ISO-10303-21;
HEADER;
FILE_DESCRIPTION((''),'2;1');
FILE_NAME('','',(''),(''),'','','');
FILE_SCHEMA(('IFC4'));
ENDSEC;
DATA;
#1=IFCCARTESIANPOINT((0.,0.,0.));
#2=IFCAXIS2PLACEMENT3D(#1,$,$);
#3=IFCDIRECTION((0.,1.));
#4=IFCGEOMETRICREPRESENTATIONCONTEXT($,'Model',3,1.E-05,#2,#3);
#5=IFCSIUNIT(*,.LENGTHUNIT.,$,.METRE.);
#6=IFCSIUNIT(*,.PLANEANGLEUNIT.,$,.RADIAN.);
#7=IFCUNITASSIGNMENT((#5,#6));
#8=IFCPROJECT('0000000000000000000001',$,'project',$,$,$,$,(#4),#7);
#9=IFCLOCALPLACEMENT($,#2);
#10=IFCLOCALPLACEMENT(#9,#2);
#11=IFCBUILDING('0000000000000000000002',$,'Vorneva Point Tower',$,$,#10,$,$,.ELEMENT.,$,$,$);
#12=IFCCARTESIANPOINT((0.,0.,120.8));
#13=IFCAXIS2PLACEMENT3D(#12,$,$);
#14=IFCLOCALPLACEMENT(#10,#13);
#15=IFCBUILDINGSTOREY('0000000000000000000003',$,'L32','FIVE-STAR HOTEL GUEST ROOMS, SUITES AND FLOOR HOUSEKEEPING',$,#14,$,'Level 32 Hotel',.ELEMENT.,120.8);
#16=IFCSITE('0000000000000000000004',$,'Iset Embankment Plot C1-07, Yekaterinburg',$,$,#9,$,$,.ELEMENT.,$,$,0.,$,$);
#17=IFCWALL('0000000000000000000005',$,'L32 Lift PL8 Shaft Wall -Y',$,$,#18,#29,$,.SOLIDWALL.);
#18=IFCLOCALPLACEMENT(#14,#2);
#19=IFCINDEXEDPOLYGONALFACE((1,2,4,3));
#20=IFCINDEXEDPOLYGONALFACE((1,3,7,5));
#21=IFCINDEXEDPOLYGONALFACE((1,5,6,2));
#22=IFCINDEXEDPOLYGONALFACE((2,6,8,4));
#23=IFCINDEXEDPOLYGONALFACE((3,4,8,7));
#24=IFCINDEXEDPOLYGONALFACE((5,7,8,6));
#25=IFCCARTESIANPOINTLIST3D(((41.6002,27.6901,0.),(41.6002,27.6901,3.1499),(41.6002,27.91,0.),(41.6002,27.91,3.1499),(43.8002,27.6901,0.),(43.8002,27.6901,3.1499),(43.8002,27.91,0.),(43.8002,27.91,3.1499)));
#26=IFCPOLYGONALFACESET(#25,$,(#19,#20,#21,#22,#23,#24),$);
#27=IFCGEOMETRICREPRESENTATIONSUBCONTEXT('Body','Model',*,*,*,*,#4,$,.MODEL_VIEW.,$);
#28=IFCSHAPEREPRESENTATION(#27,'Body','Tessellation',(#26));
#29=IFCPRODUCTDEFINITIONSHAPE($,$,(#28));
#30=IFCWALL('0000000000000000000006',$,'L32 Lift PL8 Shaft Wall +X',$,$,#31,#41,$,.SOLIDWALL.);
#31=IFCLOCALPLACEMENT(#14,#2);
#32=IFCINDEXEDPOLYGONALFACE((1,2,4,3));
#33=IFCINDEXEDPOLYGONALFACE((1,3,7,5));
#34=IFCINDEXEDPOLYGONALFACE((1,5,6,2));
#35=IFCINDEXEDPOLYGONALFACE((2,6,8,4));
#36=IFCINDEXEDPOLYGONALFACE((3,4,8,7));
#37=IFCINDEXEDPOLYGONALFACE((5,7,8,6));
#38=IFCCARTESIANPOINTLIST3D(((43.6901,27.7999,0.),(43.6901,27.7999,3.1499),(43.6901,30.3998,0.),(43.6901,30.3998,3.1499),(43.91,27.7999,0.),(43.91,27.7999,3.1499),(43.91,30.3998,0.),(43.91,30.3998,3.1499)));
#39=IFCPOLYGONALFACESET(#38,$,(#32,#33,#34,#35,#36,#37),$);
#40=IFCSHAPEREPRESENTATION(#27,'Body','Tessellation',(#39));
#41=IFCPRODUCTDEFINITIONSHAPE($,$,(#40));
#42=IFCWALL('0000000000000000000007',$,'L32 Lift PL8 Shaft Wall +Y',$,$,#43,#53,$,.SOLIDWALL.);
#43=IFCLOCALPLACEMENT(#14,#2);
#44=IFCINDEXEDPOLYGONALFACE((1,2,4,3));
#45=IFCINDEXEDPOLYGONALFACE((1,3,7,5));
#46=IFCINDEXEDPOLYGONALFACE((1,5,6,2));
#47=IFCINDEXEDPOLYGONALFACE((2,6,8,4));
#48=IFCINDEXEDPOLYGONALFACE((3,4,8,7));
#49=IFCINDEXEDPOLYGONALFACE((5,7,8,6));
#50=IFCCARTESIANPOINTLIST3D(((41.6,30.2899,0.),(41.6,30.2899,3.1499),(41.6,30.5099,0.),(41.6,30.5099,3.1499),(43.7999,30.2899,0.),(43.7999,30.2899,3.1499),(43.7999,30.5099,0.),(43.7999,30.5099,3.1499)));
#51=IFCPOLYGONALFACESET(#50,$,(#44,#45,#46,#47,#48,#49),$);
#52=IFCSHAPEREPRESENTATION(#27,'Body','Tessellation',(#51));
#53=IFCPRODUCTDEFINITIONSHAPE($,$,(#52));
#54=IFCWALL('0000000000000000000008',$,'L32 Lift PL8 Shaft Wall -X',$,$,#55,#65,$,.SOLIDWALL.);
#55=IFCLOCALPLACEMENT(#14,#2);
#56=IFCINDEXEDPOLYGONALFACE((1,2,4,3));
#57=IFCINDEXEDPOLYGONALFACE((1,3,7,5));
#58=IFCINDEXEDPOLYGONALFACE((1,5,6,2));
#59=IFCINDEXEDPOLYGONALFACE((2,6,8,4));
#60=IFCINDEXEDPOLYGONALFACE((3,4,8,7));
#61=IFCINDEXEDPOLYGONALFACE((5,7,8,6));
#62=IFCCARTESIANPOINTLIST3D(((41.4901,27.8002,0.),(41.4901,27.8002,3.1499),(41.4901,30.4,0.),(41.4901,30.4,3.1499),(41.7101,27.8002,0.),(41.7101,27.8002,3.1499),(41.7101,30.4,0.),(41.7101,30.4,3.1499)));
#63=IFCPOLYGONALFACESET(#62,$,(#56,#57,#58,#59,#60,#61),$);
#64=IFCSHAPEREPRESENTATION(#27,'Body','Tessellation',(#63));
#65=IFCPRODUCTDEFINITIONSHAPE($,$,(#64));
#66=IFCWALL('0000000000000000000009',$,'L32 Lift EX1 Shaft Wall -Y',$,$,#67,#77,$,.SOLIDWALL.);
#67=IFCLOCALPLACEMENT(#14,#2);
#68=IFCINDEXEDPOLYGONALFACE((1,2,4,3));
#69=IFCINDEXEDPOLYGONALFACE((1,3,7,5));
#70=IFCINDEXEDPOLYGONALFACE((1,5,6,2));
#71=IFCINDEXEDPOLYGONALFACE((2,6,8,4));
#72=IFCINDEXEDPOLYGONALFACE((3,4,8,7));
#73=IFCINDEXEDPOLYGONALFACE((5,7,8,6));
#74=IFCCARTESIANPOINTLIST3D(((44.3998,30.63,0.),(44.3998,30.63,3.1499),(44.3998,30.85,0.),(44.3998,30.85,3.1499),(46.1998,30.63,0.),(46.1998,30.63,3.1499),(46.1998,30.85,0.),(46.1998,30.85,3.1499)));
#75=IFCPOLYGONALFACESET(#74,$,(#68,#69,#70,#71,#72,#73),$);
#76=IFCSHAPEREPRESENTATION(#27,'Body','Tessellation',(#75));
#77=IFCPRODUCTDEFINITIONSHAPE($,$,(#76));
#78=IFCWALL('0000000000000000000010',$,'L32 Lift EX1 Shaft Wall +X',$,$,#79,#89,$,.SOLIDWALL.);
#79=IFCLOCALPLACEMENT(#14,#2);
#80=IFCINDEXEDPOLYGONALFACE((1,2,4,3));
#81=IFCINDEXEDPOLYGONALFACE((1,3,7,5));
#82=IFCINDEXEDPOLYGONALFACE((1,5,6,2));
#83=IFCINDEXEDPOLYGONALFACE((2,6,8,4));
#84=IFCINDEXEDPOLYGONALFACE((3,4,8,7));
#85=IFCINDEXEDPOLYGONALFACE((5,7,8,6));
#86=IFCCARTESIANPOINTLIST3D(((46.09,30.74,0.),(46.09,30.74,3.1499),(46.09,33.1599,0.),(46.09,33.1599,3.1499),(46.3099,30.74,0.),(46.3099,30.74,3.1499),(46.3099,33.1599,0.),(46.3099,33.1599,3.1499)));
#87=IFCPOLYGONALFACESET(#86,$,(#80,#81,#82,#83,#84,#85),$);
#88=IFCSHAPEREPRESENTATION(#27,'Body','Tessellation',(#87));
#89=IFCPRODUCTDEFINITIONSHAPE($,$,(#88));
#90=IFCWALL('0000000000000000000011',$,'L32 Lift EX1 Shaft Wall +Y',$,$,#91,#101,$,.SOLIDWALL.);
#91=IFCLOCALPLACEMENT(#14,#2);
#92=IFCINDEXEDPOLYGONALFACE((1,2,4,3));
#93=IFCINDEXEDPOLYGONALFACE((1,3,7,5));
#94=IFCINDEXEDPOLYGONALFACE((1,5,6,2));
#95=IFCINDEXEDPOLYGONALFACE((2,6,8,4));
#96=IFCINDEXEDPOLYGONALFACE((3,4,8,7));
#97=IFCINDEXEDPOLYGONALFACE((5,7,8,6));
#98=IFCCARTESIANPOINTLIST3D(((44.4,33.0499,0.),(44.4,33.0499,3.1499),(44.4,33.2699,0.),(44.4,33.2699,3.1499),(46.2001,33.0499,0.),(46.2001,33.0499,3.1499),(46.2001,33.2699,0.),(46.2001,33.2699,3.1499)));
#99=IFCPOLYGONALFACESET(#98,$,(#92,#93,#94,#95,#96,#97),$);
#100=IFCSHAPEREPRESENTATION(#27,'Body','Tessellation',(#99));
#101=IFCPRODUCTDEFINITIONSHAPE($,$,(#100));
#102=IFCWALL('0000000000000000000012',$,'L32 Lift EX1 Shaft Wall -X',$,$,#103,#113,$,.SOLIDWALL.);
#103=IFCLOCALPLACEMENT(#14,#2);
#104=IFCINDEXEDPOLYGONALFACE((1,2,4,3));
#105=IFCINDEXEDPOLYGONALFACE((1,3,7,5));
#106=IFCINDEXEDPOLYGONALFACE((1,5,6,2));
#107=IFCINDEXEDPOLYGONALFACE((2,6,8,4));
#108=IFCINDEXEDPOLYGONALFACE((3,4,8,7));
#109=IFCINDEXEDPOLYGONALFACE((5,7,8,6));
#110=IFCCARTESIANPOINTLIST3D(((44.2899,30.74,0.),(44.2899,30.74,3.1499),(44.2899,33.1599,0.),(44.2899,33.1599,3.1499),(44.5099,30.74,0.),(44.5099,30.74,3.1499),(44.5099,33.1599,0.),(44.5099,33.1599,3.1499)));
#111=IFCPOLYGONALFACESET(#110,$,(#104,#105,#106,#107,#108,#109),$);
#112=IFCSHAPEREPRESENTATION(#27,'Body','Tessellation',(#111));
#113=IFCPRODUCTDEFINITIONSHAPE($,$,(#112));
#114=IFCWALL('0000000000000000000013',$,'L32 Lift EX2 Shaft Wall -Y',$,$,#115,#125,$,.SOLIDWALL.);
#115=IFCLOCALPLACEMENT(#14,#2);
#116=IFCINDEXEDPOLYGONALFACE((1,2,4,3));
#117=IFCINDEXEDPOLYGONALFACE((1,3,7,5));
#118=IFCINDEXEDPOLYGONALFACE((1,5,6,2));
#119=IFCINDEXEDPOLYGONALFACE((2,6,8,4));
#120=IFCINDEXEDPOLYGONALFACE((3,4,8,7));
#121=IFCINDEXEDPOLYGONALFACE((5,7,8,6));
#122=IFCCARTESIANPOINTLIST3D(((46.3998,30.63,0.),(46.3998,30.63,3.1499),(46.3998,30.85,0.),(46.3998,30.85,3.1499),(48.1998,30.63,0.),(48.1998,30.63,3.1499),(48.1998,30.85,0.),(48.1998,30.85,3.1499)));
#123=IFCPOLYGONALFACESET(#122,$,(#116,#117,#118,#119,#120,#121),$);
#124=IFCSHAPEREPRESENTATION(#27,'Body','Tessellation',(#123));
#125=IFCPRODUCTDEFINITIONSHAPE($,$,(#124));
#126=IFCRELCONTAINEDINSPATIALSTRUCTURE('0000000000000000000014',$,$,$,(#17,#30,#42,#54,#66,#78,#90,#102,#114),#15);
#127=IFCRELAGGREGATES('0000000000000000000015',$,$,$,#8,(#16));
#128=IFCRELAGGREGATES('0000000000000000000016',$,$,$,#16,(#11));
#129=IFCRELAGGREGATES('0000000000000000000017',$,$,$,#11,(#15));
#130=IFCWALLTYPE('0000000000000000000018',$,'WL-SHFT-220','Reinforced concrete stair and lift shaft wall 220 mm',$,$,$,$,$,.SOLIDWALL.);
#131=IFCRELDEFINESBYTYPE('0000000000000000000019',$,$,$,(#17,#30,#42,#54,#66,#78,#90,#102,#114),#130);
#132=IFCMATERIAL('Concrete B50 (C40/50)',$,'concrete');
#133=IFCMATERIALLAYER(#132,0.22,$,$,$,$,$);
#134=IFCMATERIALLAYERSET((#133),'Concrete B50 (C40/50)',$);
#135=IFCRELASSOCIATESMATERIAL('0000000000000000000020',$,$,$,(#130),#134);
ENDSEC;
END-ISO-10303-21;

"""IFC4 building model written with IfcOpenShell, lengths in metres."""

from ifc_helpers import new_model, si_unit, direction, frame, frame_2d, origin, place, context, subcontext, project, spatial, rectangle, extrude, material, layer, layer_set, type_object, element, save


model = new_model("IFC4")

# Units and contexts
model_context = context("Model", 3, precision=1e-05, world=origin(), true_north=direction((0.0, 1.0)))
body_context = subcontext(model_context, "Body", "Model", "MODEL_VIEW")
ifc_project = project(units=[si_unit("LENGTHUNIT", "METRE"), si_unit("PLANEANGLEUNIT", "RADIAN")], contexts=[model_context])

# Site, building, storey
site_placement = place(None, origin())
site = spatial("IfcSite", under=ifc_project, at=site_placement, Name="Iset Embankment Plot C1-07, Yekaterinburg", CompositionType="ELEMENT", RefElevation=0.0)
building_placement = place(site_placement, origin())
building = spatial("IfcBuilding", under=site, at=building_placement, Name="Vorneva Point Tower", CompositionType="ELEMENT")
storey_placement = place(building_placement, frame((0.0, 0.0, 120.8)))
storey = spatial("IfcBuildingStorey", under=building, at=storey_placement, Name="L32", Description="FIVE-STAR HOTEL GUEST ROOMS, SUITES AND FLOOR HOUSEKEEPING", LongName="Level 32 Hotel", CompositionType="ELEMENT", Elevation=120.8)

# Walls
ifc_material_1 = material(Name="Concrete B50 (C40/50)", Category="concrete")
ifc_layer_1 = layer(ifc_material_1, 0.22)
ifc_layer_set_1 = layer_set([ifc_layer_1], Name="Concrete B50 (C40/50)")
wall_type_1 = type_object("IfcWallType", Name="WL-SHFT-220", Description="Reinforced concrete stair and lift shaft wall 220 mm", PredefinedType="SOLIDWALL", material=ifc_layer_set_1)
wall_1_placement = place(storey_placement, frame((41.6001, 27.8, 0.0), z_axis=(0.0, 0.0, 1.0), x_axis=(1.0, 0.0, 0.0)))
element("IfcWall", 1, at=wall_1_placement, inside=storey, type_object=wall_type_1, Name="L32 Lift PL8 Shaft Wall -Y", PredefinedType="SOLIDWALL", context=body_context, shape_type="SweptSolid", body=[
    extrude(rectangle(XDim=2.2, YDim=0.22, at=frame_2d((1.1001, 0.0))), origin(), (0.0, 0.0, 1.0), 3.1499),
])
wall_2_placement = place(storey_placement, frame((43.8, 27.8, 0.0), z_axis=(0.0, 0.0, 1.0), x_axis=(0.0, 1.0, 0.0)))
element("IfcWall", 2, at=wall_2_placement, inside=storey, type_object=wall_type_1, Name="L32 Lift PL8 Shaft Wall +X", PredefinedType="SOLIDWALL", context=body_context, shape_type="SweptSolid", body=[
    extrude(rectangle(XDim=2.5999, YDim=0.22, at=frame_2d((1.2998, 0.0))), origin(), (0.0, 0.0, 1.0), 3.1499),
])
wall_3_placement = place(storey_placement, frame((43.8, 30.3999, 0.0), z_axis=(0.0, 0.0, 1.0), x_axis=(-1.0, 0.0, 0.0)))
element("IfcWall", 3, at=wall_3_placement, inside=storey, type_object=wall_type_1, Name="L32 Lift PL8 Shaft Wall +Y", PredefinedType="SOLIDWALL", context=body_context, shape_type="SweptSolid", body=[
    extrude(rectangle(XDim=2.2, YDim=0.22, at=frame_2d((1.1001, 0.0))), origin(), (0.0, 0.0, 1.0), 3.1499),
])
wall_4_placement = place(storey_placement, frame((41.6001, 30.3999, 0.0), z_axis=(0.0, 0.0, 1.0), x_axis=(0.0, -1.0, 0.0)))
element("IfcWall", 4, at=wall_4_placement, inside=storey, type_object=wall_type_1, Name="L32 Lift PL8 Shaft Wall -X", PredefinedType="SOLIDWALL", context=body_context, shape_type="SweptSolid", body=[
    extrude(rectangle(XDim=2.5999, YDim=0.22, at=frame_2d((1.2998, 0.0))), origin(), (0.0, 0.0, 1.0), 3.1499),
])
wall_5_placement = place(storey_placement, frame((44.3999, 30.74, 0.0), z_axis=(0.0, 0.0, 1.0), x_axis=(1.0, 0.0, 0.0)))
element("IfcWall", 5, at=wall_5_placement, inside=storey, type_object=wall_type_1, Name="L32 Lift EX1 Shaft Wall -Y", PredefinedType="SOLIDWALL", context=body_context, shape_type="SweptSolid", body=[
    extrude(rectangle(XDim=1.8, YDim=0.22, at=frame_2d((0.8999, 0.0))), origin(), (0.0, 0.0, 1.0), 3.1499),
])
wall_6_placement = place(storey_placement, frame((46.2, 30.74, 0.0), z_axis=(0.0, 0.0, 1.0), x_axis=(0.0, 1.0, 0.0)))
element("IfcWall", 6, at=wall_6_placement, inside=storey, type_object=wall_type_1, Name="L32 Lift EX1 Shaft Wall +X", PredefinedType="SOLIDWALL", context=body_context, shape_type="SweptSolid", body=[
    extrude(rectangle(XDim=2.4199, YDim=0.22, at=frame_2d((1.21, 0.0))), origin(), (0.0, 0.0, 1.0), 3.1499),
])
wall_7_placement = place(storey_placement, frame((46.2, 33.1599, 0.0), z_axis=(0.0, 0.0, 1.0), x_axis=(-1.0, 0.0, 0.0)))
element("IfcWall", 7, at=wall_7_placement, inside=storey, type_object=wall_type_1, Name="L32 Lift EX1 Shaft Wall +Y", PredefinedType="SOLIDWALL", context=body_context, shape_type="SweptSolid", body=[
    extrude(rectangle(XDim=1.8, YDim=0.22, at=frame_2d((0.8999, 0.0))), origin(), (0.0, 0.0, 1.0), 3.1499),
])
wall_8_placement = place(storey_placement, frame((44.3999, 33.1599, 0.0), z_axis=(0.0, 0.0, 1.0), x_axis=(0.0, -1.0, 0.0)))
element("IfcWall", 8, at=wall_8_placement, inside=storey, type_object=wall_type_1, Name="L32 Lift EX1 Shaft Wall -X", PredefinedType="SOLIDWALL", context=body_context, shape_type="SweptSolid", body=[
    extrude(rectangle(XDim=2.4199, YDim=0.22, at=frame_2d((1.21, 0.0))), origin(), (0.0, 0.0, 1.0), 3.1499),
])
wall_9_placement = place(storey_placement, frame((46.3999, 30.74, 0.0), z_axis=(0.0, 0.0, 1.0), x_axis=(1.0, 0.0, 0.0)))
element("IfcWall", 9, at=wall_9_placement, inside=storey, type_object=wall_type_1, Name="L32 Lift EX2 Shaft Wall -Y", PredefinedType="SOLIDWALL", context=body_context, shape_type="SweptSolid", body=[
    extrude(rectangle(XDim=1.8, YDim=0.22, at=frame_2d((0.8999, 0.0))), origin(), (0.0, 0.0, 1.0), 3.1499),
])

save(model, "model.ifc")
